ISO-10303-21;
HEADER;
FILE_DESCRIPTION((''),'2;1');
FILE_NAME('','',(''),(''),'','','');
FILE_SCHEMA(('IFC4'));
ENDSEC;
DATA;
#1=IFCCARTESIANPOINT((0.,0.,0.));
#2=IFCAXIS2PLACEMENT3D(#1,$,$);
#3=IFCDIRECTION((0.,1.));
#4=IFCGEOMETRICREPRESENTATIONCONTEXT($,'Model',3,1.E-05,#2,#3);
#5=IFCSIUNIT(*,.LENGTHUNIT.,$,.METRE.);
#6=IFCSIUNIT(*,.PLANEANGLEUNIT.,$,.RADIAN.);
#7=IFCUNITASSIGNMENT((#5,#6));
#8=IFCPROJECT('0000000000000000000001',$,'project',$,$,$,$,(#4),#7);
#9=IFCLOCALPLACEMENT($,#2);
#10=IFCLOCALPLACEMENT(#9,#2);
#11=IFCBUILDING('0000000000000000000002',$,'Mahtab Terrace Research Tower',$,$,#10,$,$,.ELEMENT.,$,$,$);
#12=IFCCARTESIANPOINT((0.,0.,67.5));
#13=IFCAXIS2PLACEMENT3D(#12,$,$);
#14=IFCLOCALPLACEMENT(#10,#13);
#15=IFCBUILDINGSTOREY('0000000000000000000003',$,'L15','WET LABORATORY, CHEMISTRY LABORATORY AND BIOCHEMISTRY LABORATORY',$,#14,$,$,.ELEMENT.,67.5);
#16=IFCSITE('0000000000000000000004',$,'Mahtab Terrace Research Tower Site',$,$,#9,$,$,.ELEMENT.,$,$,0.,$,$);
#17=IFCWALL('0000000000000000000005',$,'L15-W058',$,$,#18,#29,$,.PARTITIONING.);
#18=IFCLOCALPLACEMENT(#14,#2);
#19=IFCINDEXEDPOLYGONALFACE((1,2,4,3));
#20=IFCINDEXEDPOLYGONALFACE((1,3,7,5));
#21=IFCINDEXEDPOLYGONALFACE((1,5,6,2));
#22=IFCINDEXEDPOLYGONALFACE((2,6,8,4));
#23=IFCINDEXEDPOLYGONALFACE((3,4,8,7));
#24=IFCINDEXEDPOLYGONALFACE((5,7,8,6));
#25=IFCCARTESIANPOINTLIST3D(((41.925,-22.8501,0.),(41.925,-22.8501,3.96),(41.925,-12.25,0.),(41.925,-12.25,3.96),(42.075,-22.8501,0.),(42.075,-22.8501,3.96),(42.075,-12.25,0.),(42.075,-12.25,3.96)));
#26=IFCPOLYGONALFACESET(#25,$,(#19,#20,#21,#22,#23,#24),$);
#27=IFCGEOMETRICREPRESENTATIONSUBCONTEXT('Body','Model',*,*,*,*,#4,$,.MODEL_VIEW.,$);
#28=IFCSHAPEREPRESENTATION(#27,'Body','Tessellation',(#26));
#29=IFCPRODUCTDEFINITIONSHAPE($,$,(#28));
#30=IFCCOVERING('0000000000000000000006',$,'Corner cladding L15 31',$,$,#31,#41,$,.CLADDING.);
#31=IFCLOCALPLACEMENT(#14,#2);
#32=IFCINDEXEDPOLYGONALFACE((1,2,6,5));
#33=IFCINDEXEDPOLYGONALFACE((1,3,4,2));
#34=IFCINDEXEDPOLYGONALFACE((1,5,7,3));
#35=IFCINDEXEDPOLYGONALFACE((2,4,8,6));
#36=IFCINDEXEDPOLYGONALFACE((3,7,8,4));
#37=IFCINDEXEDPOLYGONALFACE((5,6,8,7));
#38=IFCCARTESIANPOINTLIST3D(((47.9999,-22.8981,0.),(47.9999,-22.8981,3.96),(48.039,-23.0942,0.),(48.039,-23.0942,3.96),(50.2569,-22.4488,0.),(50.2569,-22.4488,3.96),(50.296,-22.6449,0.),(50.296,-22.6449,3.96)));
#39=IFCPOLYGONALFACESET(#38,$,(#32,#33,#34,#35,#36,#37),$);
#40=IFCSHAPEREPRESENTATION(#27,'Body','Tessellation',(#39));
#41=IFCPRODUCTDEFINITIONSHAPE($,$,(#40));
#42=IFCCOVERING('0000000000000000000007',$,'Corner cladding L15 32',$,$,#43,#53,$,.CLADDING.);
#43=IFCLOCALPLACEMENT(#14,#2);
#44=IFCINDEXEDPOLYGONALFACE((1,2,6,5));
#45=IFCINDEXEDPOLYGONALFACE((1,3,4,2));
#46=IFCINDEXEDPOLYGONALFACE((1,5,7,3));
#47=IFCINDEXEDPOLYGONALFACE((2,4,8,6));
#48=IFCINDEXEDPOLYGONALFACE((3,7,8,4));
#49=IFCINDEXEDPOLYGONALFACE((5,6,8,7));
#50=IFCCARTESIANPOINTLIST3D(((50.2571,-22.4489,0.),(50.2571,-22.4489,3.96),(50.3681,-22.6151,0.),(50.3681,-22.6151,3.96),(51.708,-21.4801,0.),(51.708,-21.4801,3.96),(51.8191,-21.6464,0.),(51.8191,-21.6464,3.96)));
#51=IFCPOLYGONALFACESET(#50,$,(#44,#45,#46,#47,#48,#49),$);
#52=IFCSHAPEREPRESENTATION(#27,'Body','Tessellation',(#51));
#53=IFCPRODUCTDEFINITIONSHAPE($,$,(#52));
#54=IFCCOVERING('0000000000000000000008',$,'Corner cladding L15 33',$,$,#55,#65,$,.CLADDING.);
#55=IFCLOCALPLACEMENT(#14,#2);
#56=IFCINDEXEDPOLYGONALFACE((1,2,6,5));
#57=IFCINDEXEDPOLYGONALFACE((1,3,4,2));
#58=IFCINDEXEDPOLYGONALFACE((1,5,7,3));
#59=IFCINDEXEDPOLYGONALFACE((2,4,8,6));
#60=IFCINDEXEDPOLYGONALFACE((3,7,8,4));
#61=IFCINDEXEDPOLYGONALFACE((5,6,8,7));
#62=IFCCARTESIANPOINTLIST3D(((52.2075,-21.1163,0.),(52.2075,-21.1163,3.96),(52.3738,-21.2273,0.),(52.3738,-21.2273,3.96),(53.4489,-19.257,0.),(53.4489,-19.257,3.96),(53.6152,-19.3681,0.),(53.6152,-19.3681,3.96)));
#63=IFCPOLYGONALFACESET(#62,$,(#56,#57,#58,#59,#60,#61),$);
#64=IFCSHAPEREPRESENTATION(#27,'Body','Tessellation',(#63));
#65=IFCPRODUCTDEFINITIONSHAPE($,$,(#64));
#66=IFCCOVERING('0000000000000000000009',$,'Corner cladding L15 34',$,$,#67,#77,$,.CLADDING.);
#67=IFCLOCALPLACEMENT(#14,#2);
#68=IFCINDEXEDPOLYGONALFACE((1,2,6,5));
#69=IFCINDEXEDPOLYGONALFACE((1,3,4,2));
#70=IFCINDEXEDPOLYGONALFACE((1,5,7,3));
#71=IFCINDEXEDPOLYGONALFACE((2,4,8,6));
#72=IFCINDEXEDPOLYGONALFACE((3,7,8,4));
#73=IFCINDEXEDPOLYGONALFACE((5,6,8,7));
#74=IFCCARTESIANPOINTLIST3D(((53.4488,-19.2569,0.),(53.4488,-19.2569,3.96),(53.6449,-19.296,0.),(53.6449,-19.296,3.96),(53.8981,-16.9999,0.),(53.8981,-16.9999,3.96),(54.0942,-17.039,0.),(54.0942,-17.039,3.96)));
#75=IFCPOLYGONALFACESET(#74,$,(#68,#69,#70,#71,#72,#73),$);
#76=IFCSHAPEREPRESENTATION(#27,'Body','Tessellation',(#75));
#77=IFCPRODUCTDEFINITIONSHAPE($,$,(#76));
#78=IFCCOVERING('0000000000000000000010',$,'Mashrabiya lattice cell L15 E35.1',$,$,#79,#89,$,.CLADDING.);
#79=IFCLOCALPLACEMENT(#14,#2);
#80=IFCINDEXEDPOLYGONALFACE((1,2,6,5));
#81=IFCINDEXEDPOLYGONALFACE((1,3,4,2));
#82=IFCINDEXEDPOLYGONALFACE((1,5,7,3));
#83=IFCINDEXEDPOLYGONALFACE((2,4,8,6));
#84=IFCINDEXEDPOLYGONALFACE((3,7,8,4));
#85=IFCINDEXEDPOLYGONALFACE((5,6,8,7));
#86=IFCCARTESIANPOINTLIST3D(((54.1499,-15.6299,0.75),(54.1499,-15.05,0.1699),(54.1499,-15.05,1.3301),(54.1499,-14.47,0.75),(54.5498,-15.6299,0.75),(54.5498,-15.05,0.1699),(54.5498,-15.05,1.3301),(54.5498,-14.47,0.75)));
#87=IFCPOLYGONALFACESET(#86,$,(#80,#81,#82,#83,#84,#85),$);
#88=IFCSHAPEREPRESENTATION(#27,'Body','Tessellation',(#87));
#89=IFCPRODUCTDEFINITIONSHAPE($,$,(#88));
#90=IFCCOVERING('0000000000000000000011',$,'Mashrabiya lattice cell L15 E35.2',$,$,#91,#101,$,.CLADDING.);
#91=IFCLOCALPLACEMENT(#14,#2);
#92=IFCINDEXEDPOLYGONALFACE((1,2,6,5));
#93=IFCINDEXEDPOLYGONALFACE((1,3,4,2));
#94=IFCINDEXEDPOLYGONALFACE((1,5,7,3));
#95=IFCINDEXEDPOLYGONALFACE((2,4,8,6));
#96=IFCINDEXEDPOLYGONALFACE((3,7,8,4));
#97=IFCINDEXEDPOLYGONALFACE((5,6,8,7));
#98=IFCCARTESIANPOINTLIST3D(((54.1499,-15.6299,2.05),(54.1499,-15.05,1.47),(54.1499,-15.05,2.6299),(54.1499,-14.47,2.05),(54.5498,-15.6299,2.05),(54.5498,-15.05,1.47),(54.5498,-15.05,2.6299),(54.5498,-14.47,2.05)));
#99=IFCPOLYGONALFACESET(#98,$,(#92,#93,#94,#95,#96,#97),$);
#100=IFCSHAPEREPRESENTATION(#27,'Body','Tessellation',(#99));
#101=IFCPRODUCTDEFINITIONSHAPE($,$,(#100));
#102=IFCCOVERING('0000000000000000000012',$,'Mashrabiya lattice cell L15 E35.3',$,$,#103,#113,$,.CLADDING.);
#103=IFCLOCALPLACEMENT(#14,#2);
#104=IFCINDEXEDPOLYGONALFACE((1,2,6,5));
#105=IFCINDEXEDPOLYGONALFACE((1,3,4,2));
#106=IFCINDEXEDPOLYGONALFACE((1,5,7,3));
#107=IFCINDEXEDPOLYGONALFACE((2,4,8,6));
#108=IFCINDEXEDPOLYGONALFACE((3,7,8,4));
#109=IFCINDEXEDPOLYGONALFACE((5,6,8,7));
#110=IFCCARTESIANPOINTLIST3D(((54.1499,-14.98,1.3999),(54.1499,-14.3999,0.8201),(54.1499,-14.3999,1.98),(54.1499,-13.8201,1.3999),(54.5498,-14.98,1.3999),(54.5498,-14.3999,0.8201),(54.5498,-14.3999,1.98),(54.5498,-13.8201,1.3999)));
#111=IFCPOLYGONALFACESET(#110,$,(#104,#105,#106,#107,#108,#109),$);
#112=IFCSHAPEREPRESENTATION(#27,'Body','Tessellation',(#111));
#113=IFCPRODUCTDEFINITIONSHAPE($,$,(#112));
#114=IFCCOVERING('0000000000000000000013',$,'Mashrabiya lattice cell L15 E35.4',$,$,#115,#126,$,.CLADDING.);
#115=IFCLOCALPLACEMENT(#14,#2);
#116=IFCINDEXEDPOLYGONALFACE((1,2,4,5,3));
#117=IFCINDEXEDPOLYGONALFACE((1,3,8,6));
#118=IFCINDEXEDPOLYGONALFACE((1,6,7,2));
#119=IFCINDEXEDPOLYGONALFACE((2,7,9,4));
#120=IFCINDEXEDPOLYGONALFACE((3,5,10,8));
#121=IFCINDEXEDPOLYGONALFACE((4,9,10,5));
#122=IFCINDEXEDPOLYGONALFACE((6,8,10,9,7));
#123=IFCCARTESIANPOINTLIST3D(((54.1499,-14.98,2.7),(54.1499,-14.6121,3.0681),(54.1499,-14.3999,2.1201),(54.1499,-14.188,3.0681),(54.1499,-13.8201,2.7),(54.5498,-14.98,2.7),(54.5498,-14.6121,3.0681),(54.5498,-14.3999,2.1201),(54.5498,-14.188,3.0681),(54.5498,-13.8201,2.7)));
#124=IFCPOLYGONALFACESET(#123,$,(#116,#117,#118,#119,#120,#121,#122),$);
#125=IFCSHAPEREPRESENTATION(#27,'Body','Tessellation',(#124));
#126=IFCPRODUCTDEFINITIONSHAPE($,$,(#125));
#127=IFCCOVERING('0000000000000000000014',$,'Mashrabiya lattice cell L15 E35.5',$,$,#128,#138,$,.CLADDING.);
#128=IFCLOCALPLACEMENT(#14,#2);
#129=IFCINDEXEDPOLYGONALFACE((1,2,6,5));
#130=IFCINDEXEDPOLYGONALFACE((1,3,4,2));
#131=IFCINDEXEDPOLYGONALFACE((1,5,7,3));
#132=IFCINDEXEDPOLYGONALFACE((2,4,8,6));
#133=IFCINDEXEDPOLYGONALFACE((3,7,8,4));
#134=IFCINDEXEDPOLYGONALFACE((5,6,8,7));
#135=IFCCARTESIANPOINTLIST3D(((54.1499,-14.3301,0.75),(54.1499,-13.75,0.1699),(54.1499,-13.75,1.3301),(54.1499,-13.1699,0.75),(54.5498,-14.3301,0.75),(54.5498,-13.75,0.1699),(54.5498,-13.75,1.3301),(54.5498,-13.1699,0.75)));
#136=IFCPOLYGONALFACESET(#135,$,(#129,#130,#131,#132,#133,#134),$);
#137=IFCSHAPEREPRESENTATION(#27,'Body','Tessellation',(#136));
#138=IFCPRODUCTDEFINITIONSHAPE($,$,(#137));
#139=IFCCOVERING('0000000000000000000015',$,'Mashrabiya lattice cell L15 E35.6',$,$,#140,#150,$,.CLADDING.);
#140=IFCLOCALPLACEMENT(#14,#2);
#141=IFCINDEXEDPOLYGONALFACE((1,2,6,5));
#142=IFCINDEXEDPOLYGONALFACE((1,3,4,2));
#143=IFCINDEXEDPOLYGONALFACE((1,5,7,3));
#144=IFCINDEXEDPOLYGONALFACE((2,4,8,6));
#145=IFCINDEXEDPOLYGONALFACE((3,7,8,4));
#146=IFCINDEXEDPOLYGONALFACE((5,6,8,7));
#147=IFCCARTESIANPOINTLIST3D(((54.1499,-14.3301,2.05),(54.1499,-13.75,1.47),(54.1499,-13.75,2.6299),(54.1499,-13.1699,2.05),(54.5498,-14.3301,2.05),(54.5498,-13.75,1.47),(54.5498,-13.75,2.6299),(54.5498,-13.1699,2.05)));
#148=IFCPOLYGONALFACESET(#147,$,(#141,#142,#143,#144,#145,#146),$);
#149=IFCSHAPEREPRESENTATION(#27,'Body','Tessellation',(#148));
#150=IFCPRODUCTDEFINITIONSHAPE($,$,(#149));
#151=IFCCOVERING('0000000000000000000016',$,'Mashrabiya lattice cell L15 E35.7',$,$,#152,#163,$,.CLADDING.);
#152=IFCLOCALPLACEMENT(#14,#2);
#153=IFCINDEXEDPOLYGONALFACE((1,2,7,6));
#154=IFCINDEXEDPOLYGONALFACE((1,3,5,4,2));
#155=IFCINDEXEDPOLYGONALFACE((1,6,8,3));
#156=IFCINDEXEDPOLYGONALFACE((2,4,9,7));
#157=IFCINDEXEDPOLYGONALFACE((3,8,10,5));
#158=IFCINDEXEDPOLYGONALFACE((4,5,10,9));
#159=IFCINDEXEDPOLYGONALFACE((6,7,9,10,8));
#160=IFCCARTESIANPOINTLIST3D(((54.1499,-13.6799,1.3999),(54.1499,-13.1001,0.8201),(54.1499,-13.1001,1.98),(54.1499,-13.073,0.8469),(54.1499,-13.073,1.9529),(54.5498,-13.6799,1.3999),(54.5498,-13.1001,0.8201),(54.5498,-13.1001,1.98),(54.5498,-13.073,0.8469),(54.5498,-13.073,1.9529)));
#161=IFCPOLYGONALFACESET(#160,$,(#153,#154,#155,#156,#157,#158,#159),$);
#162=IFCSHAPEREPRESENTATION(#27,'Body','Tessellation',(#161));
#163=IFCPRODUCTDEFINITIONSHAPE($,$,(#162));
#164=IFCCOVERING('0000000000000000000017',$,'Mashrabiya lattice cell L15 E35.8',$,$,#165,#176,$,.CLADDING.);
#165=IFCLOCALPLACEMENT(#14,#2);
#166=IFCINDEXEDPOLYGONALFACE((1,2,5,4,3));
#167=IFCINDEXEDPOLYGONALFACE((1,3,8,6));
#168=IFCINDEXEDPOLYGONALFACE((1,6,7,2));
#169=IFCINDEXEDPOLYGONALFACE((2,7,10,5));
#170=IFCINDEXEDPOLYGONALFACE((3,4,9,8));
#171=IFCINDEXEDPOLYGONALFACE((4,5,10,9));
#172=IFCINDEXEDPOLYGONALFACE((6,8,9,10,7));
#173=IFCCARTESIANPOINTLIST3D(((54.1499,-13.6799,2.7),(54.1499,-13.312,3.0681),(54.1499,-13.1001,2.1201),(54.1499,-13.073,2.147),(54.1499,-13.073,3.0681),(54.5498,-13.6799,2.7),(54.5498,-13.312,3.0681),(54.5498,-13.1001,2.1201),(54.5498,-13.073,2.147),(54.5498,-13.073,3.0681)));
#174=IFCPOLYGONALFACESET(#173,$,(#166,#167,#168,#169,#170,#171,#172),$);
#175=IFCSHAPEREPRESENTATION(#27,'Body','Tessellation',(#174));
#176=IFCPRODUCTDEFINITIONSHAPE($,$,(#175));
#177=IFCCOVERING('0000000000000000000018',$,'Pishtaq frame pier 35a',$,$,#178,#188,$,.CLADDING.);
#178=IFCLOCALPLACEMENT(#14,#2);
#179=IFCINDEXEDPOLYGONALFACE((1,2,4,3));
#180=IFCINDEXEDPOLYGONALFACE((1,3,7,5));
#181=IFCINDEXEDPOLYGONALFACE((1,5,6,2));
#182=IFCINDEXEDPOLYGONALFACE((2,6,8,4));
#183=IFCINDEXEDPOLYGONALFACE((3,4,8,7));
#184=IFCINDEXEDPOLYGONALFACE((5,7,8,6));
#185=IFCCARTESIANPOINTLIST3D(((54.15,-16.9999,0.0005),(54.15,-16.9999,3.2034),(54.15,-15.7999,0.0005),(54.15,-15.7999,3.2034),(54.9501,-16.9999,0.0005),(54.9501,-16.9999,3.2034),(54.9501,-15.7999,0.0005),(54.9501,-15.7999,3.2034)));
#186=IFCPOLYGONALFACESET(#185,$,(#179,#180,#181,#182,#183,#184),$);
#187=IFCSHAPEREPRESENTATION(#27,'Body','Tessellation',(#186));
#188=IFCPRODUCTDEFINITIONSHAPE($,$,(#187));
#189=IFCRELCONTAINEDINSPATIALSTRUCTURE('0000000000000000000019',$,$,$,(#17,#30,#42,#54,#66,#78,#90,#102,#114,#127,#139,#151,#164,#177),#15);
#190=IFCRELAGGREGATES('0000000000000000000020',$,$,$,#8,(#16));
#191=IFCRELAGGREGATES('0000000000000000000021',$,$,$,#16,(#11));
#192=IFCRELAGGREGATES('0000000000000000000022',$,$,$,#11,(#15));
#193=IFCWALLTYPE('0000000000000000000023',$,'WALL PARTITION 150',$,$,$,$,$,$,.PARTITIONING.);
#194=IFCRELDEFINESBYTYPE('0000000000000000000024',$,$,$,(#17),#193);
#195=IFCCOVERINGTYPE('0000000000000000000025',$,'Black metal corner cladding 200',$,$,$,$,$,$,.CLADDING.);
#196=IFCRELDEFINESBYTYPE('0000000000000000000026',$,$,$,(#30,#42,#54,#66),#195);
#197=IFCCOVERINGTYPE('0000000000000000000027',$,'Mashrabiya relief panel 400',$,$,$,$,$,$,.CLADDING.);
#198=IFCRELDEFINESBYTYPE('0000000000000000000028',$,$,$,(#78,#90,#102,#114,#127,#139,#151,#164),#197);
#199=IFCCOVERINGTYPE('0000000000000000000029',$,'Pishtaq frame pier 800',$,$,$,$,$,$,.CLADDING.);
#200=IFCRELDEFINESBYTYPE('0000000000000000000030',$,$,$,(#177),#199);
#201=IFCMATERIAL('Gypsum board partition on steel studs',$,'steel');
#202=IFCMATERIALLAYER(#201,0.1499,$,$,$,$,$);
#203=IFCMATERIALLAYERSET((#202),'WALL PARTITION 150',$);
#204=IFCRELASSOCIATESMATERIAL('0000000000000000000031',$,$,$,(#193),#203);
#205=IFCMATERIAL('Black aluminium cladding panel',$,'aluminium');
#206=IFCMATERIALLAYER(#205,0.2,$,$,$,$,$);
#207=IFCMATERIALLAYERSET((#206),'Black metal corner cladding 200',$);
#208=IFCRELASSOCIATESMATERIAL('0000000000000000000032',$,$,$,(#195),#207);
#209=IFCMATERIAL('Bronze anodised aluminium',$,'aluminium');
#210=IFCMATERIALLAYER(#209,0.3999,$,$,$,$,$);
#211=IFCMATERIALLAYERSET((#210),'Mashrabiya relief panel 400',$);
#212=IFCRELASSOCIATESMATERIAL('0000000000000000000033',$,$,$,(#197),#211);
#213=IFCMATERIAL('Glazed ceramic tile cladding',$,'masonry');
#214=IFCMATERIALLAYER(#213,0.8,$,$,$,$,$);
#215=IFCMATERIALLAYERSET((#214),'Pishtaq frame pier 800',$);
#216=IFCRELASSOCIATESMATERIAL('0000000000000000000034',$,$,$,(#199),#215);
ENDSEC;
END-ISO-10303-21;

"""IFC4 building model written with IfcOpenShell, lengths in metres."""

from ifc_helpers import new_model, si_unit, direction, frame, frame_2d, origin, origin_2d, place, context, subcontext, project, spatial, polyline, rectangle, outline, extrude, material, layer, layer_set, type_object, element, save


model = new_model("IFC4")

# Units and contexts
model_context = context("Model", 3, precision=1e-05, world=origin(), true_north=direction((0.0, 1.0)))
body_context = subcontext(model_context, "Body", "Model", "MODEL_VIEW")
ifc_project = project(units=[si_unit("LENGTHUNIT", "METRE"), si_unit("PLANEANGLEUNIT", "RADIAN")], contexts=[model_context])

# Site, building, storey
site_placement = place(None, origin())
site = spatial("IfcSite", under=ifc_project, at=site_placement, Name="Mahtab Terrace Research Tower Site", CompositionType="ELEMENT", RefElevation=0.0)
building_placement = place(site_placement, origin())
building = spatial("IfcBuilding", under=site, at=building_placement, Name="Mahtab Terrace Research Tower", CompositionType="ELEMENT")
storey_placement = place(building_placement, frame((0.0, 0.0, 67.5)))
storey = spatial("IfcBuildingStorey", under=building, at=storey_placement, Name="L15", Description="WET LABORATORY, CHEMISTRY LABORATORY AND BIOCHEMISTRY LABORATORY", CompositionType="ELEMENT", Elevation=67.5)

# Wall
ifc_material_1 = material(Name="Black aluminium cladding panel", Category="aluminium")
ifc_material_2 = material(Name="Gypsum board partition on steel studs", Category="steel")
ifc_layer_1 = layer(ifc_material_2, 0.1499)
ifc_layer_set_1 = layer_set([ifc_layer_1], Name="WALL PARTITION 150")
wall_type_1 = type_object("IfcWallType", Name="WALL PARTITION 150", PredefinedType="PARTITIONING", material=ifc_layer_set_1)
wall_1_placement = place(storey_placement, frame((42.0, -22.8501, 0.0), z_axis=(0.0, 0.0, 1.0), x_axis=(0.0, 1.0, 0.0)))
element("IfcWall", 1, at=wall_1_placement, inside=storey, type_object=wall_type_1, Name="L15-W058", PredefinedType="PARTITIONING", context=body_context, shape_type="SweptSolid", body=[
    extrude(rectangle(XDim=10.6001, YDim=0.1499, at=frame_2d((5.3, 0.0))), origin(), (0.0, 0.0, 1.0), 3.96),
])

# Coverings
ifc_layer_2 = layer(ifc_material_1, 0.2)
ifc_layer_set_2 = layer_set([ifc_layer_2], Name="Black metal corner cladding 200")
covering_type_1 = type_object("IfcCoveringType", Name="Black metal corner cladding 200", PredefinedType="CLADDING", material=ifc_layer_set_2)
covering_1_placement = place(storey_placement, frame((49.1479, -22.7715, 0.0), z_axis=(0.0, 0.0, 1.0), x_axis=(0.980761, 0.195212, 0.0)))
element("IfcCovering", 2, at=covering_1_placement, inside=storey, type_object=covering_type_1, Name="Corner cladding L15 31", PredefinedType="CLADDING", context=body_context, shape_type="SweptSolid", body=[
    extrude(rectangle(XDim=2.3013, YDim=0.2, at=origin_2d()), origin(), (0.0, 0.0, 1.0), 3.96),
])
covering_2_placement = place(storey_placement, frame((51.0381, -22.0476, 0.0), z_axis=(0.0, 0.0, 1.0), x_axis=(0.831656, 0.555291, 0.0)))
element("IfcCovering", 3, at=covering_2_placement, inside=storey, type_object=covering_type_1, Name="Corner cladding L15 32", PredefinedType="CLADDING", context=body_context, shape_type="SweptSolid", body=[
    extrude(rectangle(XDim=1.7446, YDim=0.2, at=origin_2d()), origin(), (0.0, 0.0, 1.0), 3.96),
])
covering_3_placement = place(storey_placement, frame((52.9114, -20.2422, 0.0), z_axis=(0.0, 0.0, 1.0), x_axis=(0.555291, 0.831656, 0.0)))
element("IfcCovering", 4, at=covering_3_placement, inside=storey, type_object=covering_type_1, Name="Corner cladding L15 33", PredefinedType="CLADDING", context=body_context, shape_type="SweptSolid", body=[
    extrude(rectangle(XDim=2.2356, YDim=0.2, at=origin_2d()), origin(), (0.0, 0.0, 1.0), 3.96),
])
covering_4_placement = place(storey_placement, frame((53.7715, -18.1479, 0.0), z_axis=(0.0, 0.0, 1.0), x_axis=(0.195212, 0.980761, 0.0)))
element("IfcCovering", 5, at=covering_4_placement, inside=storey, type_object=covering_type_1, Name="Corner cladding L15 34", PredefinedType="CLADDING", context=body_context, shape_type="SweptSolid", body=[
    extrude(rectangle(XDim=2.3013, YDim=0.2, at=origin_2d()), origin(), (0.0, 0.0, 1.0), 3.96),
])
ifc_material_3 = material(Name="Bronze anodised aluminium", Category="aluminium")
ifc_layer_3 = layer(ifc_material_3, 0.3999)
ifc_layer_set_3 = layer_set([ifc_layer_3], Name="Mashrabiya relief panel 400")
covering_type_2 = type_object("IfcCoveringType", Name="Mashrabiya relief panel 400", PredefinedType="CLADDING", material=ifc_layer_set_3)
covering_5_placement = place(storey_placement, frame((54.1499, -15.05, 1.3301), z_axis=(-1.0, 0.0, 0.0), x_axis=(0.0, 0.707107, -0.707107)))
element("IfcCovering", 6, at=covering_5_placement, inside=storey, type_object=covering_type_2, Name="Mashrabiya lattice cell L15 E35.1", PredefinedType="CLADDING", context=body_context, shape_type="SweptSolid", body=[
    extrude(outline(polyline([(0.0, 0.0), (0.8204, 0.0), (0.8204, 0.8204), (0.0002, 0.8202), (0.0, 0.0)])), origin(), (0.0, 0.0, -1.0), 0.3999),
])
covering_6_placement = place(storey_placement, frame((54.1499, -15.05, 2.6299), z_axis=(-1.0, 0.0, 0.0), x_axis=(0.0, 0.707256, -0.706958)))
element("IfcCovering", 7, at=covering_6_placement, inside=storey, type_object=covering_type_2, Name="Mashrabiya lattice cell L15 E35.2", PredefinedType="CLADDING", context=body_context, shape_type="SweptSolid", body=[
    extrude(outline(polyline([(0.0, 0.0), (0.8202, 0.0), (0.82, 0.8204), (-0.0002, 0.82), (0.0, 0.0)])), origin(), (0.0, 0.0, -1.0), 0.3999),
])
covering_7_placement = place(storey_placement, frame((54.1499, -14.3999, 1.98), z_axis=(-1.0, 0.0, 0.0), x_axis=(0.0, 0.706958, -0.707256)))
element("IfcCovering", 8, at=covering_7_placement, inside=storey, type_object=covering_type_2, Name="Mashrabiya lattice cell L15 E35.3", PredefinedType="CLADDING", context=body_context, shape_type="SweptSolid", body=[
    extrude(outline(polyline([(0.0, 0.0), (0.8202, 0.0), (0.8204, 0.82), (0.0002, 0.8204), (0.0, 0.0)])), origin(), (0.0, 0.0, -1.0), 0.3999),
])
covering_8_placement = place(storey_placement, frame((54.1499, -13.8201, 2.7), z_axis=(-1.0, 0.0, 0.0), x_axis=(0.0, -0.707107, -0.707107)))
element("IfcCovering", 9, at=covering_8_placement, inside=storey, type_object=covering_type_2, Name="Mashrabiya lattice cell L15 E35.4", PredefinedType="CLADDING", context=body_context, shape_type="SweptSolid", body=[
    extrude(outline(polyline([(0.0, 0.0), (0.82, 0.0), (0.8202, 0.8202), (0.2997, 0.8204), (-0.0002, 0.5205), (0.0, 0.0)])), origin(), (0.0, 0.0, -1.0), 0.3999),
])
covering_9_placement = place(storey_placement, frame((54.1499, -13.75, 1.3301), z_axis=(-1.0, 0.0, 0.0), x_axis=(0.0, 0.707107, -0.707107)))
element("IfcCovering", 10, at=covering_9_placement, inside=storey, type_object=covering_type_2, Name="Mashrabiya lattice cell L15 E35.5", PredefinedType="CLADDING", context=body_context, shape_type="SweptSolid", body=[
    extrude(outline(polyline([(0.0, 0.0), (0.8204, 0.0), (0.8204, 0.8204), (0.0, 0.8204), (0.0, 0.0)])), origin(), (0.0, 0.0, -1.0), 0.3999),
])
covering_10_placement = place(storey_placement, frame((54.1499, -13.75, 2.6299), z_axis=(-1.0, 0.0, 0.0), x_axis=(0.0, 0.707256, -0.706958)))
element("IfcCovering", 11, at=covering_10_placement, inside=storey, type_object=covering_type_2, Name="Mashrabiya lattice cell L15 E35.6", PredefinedType="CLADDING", context=body_context, shape_type="SweptSolid", body=[
    extrude(outline(polyline([(0.0, 0.0), (0.8202, 0.0), (0.82, 0.8204), (-0.0003, 0.8202), (0.0, 0.0)])), origin(), (0.0, 0.0, -1.0), 0.3999),
])
covering_11_placement = place(storey_placement, frame((54.1499, -13.1001, 0.8201), z_axis=(-1.0, 0.0, 0.0), x_axis=(0.0, -0.707107, 0.707107)))
element("IfcCovering", 12, at=covering_11_placement, inside=storey, type_object=covering_type_2, Name="Mashrabiya lattice cell L15 E35.7", PredefinedType="CLADDING", context=body_context, shape_type="SweptSolid", body=[
    extrude(outline(polyline([(0.0, 0.0), (0.82, 0.0), (0.8202, 0.8202), (0.7819, 0.8202), (-0.0002, 0.0382), (0.0, 0.0)])), origin(), (0.0, 0.0, -1.0), 0.3999),
])
covering_12_placement = place(storey_placement, frame((54.1499, -13.1001, 2.1201), z_axis=(-1.0, 0.0, 0.0), x_axis=(0.0, -0.707107, 0.707107)))
element("IfcCovering", 13, at=covering_12_placement, inside=storey, type_object=covering_type_2, Name="Mashrabiya lattice cell L15 E35.8", PredefinedType="CLADDING", context=body_context, shape_type="SweptSolid", body=[
    extrude(outline(polyline([(0.0, 0.0), (0.82, 0.0), (0.8202, 0.5205), (0.6512, 0.6895), (-0.0002, 0.0382), (0.0, 0.0)])), origin(), (0.0, 0.0, -1.0), 0.3999),
])
ifc_material_4 = material(Name="Glazed ceramic tile cladding", Category="masonry")
ifc_layer_4 = layer(ifc_material_4, 0.8)
ifc_layer_set_4 = layer_set([ifc_layer_4], Name="Pishtaq frame pier 800")
covering_type_3 = type_object("IfcCoveringType", Name="Pishtaq frame pier 800", PredefinedType="CLADDING", material=ifc_layer_set_4)
for number, where, z_axis, x_axis, name in (
    (14, (54.55, -16.3999, 0.0005), (0.0, 0.0, 1.0), (0.0, 1.0, 0.0), "Pishtaq frame pier 35a"),
):
    element("IfcCovering", number, at=place(storey_placement, frame(where, z_axis=z_axis, x_axis=x_axis)), inside=storey, type_object=covering_type_3, Name=name, PredefinedType="CLADDING", context=body_context, shape_type="SweptSolid", body=[
        extrude(rectangle(XDim=1.2, YDim=0.8, at=origin_2d()), origin(), (0.0, 0.0, 1.0), 3.2029),
    ])

save(model, "model.ifc")
